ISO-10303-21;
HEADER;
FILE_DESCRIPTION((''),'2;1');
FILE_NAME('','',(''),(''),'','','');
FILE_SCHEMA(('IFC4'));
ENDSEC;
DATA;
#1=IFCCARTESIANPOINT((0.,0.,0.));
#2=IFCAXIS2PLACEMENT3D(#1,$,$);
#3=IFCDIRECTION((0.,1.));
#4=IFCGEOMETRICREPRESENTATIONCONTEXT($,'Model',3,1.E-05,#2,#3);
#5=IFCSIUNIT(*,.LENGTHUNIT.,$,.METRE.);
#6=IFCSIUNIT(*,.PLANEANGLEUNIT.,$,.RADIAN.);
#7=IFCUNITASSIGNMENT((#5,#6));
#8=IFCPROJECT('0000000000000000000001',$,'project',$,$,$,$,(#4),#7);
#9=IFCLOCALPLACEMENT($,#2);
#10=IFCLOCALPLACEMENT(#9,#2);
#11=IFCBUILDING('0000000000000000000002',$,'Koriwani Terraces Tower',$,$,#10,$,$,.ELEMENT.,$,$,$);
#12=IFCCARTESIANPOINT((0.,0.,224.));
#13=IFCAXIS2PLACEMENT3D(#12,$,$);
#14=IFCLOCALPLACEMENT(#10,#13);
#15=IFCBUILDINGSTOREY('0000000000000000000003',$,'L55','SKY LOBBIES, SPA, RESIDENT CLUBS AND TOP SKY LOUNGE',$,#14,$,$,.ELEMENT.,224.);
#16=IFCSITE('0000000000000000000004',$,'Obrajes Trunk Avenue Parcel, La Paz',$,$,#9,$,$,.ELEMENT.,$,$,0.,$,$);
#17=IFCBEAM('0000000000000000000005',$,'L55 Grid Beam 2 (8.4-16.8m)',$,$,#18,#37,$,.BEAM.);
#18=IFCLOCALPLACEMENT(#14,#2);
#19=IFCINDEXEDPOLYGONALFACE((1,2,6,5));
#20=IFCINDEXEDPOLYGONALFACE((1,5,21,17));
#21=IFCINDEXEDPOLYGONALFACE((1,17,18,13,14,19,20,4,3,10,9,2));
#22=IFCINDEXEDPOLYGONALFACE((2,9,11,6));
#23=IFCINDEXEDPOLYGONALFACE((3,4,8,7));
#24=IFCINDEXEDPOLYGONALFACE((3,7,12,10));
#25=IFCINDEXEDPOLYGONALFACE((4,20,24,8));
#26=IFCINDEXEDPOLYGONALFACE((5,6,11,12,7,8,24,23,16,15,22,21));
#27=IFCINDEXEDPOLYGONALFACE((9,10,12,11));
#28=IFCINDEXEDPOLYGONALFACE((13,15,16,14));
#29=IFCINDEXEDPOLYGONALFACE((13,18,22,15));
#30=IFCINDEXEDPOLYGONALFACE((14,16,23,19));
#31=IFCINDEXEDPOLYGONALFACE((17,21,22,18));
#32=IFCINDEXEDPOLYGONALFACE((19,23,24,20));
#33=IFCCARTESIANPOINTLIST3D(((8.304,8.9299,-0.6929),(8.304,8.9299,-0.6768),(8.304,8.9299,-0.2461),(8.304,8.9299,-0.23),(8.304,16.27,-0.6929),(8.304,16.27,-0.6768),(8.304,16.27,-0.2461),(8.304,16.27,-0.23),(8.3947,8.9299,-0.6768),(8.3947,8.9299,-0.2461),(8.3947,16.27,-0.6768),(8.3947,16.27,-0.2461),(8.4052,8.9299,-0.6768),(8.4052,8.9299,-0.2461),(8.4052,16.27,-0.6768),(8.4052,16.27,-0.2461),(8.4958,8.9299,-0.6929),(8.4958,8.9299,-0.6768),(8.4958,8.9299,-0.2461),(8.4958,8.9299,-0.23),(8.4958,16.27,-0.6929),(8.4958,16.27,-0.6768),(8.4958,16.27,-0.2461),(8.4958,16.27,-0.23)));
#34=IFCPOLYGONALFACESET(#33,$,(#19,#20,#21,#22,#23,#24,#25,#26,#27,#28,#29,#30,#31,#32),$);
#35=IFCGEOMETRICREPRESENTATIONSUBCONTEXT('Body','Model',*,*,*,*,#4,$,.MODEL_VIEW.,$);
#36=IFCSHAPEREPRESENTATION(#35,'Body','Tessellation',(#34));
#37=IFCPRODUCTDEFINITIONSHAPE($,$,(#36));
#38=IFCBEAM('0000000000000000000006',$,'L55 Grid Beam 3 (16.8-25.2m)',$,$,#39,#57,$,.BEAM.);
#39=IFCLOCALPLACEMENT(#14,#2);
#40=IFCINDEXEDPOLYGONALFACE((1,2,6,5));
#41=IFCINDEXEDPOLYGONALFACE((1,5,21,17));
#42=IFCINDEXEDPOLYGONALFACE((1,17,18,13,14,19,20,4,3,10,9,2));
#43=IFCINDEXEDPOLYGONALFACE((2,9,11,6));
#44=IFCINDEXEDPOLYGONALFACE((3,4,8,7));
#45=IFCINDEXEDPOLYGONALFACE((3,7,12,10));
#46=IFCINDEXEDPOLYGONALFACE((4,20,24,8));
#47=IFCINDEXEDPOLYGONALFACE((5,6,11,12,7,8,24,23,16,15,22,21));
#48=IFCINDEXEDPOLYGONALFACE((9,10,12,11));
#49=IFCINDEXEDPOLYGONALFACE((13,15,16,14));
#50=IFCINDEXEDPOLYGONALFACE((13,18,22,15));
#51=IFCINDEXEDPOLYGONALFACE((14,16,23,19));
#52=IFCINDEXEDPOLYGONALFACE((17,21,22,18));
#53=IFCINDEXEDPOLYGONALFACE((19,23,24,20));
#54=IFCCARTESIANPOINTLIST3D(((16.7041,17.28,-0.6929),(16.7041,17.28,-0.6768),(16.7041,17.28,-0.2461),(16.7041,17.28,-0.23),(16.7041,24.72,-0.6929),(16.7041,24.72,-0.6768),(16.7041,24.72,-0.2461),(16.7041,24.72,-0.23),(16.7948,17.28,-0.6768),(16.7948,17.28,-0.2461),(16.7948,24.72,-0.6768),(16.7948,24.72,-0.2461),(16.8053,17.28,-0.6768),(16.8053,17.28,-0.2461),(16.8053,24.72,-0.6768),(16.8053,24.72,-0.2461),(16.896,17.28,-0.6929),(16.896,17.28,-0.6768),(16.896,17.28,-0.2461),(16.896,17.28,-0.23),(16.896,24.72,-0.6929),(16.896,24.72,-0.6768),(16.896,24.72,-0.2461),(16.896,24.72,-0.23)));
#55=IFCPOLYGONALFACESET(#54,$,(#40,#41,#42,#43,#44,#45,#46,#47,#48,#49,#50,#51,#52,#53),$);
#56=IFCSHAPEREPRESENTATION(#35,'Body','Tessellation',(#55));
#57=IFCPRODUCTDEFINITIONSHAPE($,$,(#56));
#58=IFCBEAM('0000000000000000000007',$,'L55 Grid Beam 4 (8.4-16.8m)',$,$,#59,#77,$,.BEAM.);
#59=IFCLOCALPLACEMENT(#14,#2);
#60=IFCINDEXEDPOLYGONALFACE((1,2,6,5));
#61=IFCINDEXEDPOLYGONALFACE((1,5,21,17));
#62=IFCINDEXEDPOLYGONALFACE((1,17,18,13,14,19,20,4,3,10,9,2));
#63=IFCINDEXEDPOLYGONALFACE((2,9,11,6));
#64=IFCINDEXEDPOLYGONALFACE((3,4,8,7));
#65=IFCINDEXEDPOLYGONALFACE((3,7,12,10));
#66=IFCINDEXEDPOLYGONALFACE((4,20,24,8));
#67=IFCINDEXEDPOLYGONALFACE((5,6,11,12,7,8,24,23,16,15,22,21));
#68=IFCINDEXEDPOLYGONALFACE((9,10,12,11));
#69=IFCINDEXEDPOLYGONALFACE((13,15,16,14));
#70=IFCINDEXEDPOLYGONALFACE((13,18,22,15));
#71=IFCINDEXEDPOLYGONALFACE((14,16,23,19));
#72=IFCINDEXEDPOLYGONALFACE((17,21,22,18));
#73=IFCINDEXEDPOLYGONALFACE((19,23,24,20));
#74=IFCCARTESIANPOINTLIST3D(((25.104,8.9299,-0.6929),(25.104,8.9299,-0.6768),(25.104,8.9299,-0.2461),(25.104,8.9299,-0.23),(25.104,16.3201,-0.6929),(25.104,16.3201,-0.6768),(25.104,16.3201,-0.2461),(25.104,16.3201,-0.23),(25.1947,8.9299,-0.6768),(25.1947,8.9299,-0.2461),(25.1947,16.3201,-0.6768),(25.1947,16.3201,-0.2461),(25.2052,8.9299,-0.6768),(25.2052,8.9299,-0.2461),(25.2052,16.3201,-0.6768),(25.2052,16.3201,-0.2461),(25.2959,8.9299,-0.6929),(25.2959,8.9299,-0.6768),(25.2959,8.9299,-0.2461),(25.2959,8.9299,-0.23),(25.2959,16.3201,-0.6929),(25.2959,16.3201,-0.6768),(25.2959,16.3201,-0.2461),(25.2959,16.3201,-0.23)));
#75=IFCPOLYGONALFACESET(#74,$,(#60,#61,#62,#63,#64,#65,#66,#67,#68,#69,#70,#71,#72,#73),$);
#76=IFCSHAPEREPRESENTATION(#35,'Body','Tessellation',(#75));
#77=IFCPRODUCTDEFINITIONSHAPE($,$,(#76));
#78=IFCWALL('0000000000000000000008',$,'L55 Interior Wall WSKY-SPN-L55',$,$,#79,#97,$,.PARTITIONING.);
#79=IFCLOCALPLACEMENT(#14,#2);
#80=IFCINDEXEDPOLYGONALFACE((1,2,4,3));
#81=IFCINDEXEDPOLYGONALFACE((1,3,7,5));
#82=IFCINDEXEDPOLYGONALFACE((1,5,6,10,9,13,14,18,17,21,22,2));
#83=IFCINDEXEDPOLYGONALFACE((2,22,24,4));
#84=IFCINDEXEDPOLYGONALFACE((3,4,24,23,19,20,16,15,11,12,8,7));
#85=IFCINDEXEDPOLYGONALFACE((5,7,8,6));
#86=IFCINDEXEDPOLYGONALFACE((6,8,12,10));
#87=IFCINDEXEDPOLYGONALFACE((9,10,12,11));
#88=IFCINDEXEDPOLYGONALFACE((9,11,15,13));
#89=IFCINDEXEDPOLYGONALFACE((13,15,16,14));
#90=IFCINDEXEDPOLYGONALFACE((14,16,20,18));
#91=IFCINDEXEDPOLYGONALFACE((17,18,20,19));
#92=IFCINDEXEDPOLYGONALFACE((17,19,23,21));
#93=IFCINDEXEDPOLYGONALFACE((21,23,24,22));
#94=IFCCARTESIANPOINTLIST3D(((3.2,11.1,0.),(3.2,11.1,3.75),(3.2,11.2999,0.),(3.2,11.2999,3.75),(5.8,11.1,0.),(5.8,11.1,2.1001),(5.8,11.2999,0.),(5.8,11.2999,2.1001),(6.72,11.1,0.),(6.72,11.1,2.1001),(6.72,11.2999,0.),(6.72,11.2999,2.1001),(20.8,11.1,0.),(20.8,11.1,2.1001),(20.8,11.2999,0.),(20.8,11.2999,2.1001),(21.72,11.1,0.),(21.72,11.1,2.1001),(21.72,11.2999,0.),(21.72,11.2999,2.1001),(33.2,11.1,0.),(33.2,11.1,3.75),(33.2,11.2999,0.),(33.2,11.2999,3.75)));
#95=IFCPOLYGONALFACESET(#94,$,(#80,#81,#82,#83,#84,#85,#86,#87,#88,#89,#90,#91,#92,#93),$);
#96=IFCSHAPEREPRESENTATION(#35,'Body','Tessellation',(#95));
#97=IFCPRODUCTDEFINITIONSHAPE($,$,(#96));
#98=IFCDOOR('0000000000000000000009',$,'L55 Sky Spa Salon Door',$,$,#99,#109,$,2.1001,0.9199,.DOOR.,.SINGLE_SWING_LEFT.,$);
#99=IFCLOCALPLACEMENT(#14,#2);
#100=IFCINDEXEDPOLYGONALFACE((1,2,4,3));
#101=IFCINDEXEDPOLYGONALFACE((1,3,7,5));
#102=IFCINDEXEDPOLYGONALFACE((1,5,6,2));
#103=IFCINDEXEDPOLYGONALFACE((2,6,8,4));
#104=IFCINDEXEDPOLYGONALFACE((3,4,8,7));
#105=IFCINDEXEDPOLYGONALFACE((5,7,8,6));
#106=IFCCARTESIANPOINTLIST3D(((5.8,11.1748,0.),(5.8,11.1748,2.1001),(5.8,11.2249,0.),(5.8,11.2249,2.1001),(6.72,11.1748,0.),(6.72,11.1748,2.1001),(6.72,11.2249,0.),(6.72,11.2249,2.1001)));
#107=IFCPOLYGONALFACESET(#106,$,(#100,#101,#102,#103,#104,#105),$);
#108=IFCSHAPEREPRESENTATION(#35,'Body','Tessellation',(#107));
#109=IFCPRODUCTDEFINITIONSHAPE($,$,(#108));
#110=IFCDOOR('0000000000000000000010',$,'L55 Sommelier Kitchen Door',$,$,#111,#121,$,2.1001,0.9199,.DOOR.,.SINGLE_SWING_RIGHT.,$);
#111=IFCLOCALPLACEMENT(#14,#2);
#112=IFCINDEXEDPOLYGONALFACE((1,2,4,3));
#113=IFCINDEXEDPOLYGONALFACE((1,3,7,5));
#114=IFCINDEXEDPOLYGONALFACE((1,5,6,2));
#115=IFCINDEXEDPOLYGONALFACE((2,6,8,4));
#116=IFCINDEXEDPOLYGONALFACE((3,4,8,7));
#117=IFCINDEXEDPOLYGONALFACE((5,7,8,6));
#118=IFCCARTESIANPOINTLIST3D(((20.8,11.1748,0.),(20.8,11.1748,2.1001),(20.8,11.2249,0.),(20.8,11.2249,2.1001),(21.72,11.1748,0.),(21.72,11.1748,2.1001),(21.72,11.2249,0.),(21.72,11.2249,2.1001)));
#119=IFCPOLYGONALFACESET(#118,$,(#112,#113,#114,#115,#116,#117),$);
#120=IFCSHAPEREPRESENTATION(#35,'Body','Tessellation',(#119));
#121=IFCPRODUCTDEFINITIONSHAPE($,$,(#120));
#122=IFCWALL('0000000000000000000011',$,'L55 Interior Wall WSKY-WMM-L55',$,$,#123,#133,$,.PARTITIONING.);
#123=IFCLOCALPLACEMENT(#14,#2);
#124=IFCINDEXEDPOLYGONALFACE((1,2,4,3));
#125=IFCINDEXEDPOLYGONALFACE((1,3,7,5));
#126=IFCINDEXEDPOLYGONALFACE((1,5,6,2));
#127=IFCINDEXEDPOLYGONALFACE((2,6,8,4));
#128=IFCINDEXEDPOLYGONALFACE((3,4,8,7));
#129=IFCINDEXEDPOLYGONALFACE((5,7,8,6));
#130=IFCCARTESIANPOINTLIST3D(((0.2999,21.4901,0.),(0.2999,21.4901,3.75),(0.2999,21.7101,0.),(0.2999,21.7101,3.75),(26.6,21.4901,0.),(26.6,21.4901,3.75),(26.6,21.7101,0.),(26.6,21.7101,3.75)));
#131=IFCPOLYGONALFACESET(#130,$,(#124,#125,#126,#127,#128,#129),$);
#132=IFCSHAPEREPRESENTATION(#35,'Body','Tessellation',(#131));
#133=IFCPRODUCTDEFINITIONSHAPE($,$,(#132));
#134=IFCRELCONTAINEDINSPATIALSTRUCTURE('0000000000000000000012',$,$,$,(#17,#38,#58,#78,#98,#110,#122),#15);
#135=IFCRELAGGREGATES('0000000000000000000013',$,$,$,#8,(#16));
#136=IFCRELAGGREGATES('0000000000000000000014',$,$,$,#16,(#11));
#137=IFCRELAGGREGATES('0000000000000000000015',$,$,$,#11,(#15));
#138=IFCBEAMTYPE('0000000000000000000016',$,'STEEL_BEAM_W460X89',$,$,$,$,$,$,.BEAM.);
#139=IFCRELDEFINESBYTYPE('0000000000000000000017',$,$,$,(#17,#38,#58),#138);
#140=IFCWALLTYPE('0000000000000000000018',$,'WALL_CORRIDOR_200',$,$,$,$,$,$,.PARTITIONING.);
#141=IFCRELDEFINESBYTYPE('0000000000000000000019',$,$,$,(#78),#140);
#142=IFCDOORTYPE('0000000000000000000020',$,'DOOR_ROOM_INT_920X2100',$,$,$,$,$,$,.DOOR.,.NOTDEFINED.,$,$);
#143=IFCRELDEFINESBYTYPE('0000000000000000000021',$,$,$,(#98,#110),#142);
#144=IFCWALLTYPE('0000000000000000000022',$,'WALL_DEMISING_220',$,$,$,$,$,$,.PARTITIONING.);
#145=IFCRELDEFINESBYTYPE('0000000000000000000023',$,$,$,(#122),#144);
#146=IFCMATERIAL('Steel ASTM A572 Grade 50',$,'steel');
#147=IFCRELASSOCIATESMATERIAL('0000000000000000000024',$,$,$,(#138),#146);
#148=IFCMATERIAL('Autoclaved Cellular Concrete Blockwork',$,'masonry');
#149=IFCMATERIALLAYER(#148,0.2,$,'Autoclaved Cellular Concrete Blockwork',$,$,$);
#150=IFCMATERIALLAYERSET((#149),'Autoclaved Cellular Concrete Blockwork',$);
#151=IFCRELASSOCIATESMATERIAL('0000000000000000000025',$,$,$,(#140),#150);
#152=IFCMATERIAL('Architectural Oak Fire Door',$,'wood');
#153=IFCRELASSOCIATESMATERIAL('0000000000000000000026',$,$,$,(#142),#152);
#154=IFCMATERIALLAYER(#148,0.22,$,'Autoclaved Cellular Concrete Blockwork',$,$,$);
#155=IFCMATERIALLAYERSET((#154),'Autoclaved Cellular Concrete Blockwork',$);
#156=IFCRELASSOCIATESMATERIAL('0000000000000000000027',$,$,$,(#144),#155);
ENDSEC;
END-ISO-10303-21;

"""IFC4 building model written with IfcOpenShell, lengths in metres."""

from ifc_helpers import new_model, si_unit, direction, frame, frame_2d, origin, origin_2d, place, context, subcontext, project, spatial, rectangle, i_section, extrude, material, layer, layer_set, material_profile, profile_set, type_object, element, fill, save


model = new_model("IFC4")

# Units and contexts
model_context = context("Model", 3, precision=1e-05, world=origin(), true_north=direction((0.0, 1.0)))
body_context = subcontext(model_context, "Body", "Model", "MODEL_VIEW")
ifc_project = project(units=[si_unit("LENGTHUNIT", "METRE"), si_unit("PLANEANGLEUNIT", "RADIAN")], contexts=[model_context])

# Site, building, storey
site_placement = place(None, origin())
site = spatial("IfcSite", under=ifc_project, at=site_placement, Name="Obrajes Trunk Avenue Parcel, La Paz", CompositionType="ELEMENT", RefElevation=0.0)
building_placement = place(site_placement, origin())
building = spatial("IfcBuilding", under=site, at=building_placement, Name="Koriwani Terraces Tower", CompositionType="ELEMENT")
storey_placement = place(building_placement, frame((0.0, 0.0, 224.0)))
storey = spatial("IfcBuildingStorey", under=building, at=storey_placement, Name="L55", Description="SKY LOBBIES, SPA, RESIDENT CLUBS AND TOP SKY LOUNGE", CompositionType="ELEMENT", Elevation=224.0)

# Beams
ifc_material_1 = material(Name="Steel ASTM A572 Grade 50", Category="steel")
ifc_material_profile_1 = material_profile(ifc_material_1, i_section(OverallWidth=0.1919, OverallDepth=0.4629, WebThickness=0.0105, FlangeThickness=0.0161, at=origin_2d()), Name="Steel ASTM A572 Grade 50", Category="LoadBearing")
ifc_profile_set_1 = profile_set([ifc_material_profile_1], Name="Steel ASTM A572 Grade 50")
beam_type_1 = type_object("IfcBeamType", Name="STEEL_BEAM_W460X89", PredefinedType="BEAM", material=ifc_profile_set_1)
beam_1_placement = place(storey_placement, frame((8.3999, 8.9299, -0.4614), z_axis=(0.0, 1.0, 0.0), x_axis=(-1.0, 0.0, 0.0)))
element("IfcBeam", 1, at=beam_1_placement, inside=storey, type_object=beam_type_1, Name="L55 Grid Beam 2 (8.4-16.8m)", PredefinedType="BEAM", context=body_context, shape_type="SweptSolid", body=[
    extrude(i_section(OverallWidth=0.1919, OverallDepth=0.4629, WebThickness=0.0105, FlangeThickness=0.0161, at=origin_2d()), origin(), (0.0, 0.0, 1.0), 7.3401),
])
beam_2_placement = place(storey_placement, frame((16.8, 17.28, -0.4614), z_axis=(0.0, 1.0, 0.0), x_axis=(-1.0, 0.0, 0.0)))
element("IfcBeam", 2, at=beam_2_placement, inside=storey, type_object=beam_type_1, Name="L55 Grid Beam 3 (16.8-25.2m)", PredefinedType="BEAM", context=body_context, shape_type="SweptSolid", body=[
    extrude(i_section(OverallWidth=0.1919, OverallDepth=0.4629, WebThickness=0.0105, FlangeThickness=0.0161, at=origin_2d()), origin(), (0.0, 0.0, 1.0), 7.4399),
])
beam_3_placement = place(storey_placement, frame((25.2, 8.9299, -0.4614), z_axis=(0.0, 1.0, 0.0), x_axis=(-1.0, 0.0, 0.0)))
element("IfcBeam", 3, at=beam_3_placement, inside=storey, type_object=beam_type_1, Name="L55 Grid Beam 4 (8.4-16.8m)", PredefinedType="BEAM", context=body_context, shape_type="SweptSolid", body=[
    extrude(i_section(OverallWidth=0.1919, OverallDepth=0.4629, WebThickness=0.0105, FlangeThickness=0.0161, at=origin_2d()), origin(), (0.0, 0.0, 1.0), 7.3901),
])

# Wall, openings, doors
ifc_material_2 = material(Name="Autoclaved Cellular Concrete Blockwork", Category="masonry")
ifc_layer_1 = layer(ifc_material_2, 0.2, Name="Autoclaved Cellular Concrete Blockwork")
ifc_layer_set_1 = layer_set([ifc_layer_1], Name="Autoclaved Cellular Concrete Blockwork")
wall_type_1 = type_object("IfcWallType", Name="WALL_CORRIDOR_200", PredefinedType="PARTITIONING", material=ifc_layer_set_1)
wall_1_placement = place(storey_placement, frame((3.2, 11.2, 0.0), z_axis=(0.0, 0.0, 1.0), x_axis=(1.0, 0.0, 0.0)))
wall_1 = element("IfcWall", 4, at=wall_1_placement, inside=storey, type_object=wall_type_1, Name="L55 Interior Wall WSKY-SPN-L55", PredefinedType="PARTITIONING", context=body_context, shape_type="SweptSolid", body=[
    extrude(rectangle(XDim=30.0, YDim=0.2, at=frame_2d((15.0, 0.0))), origin(), (0.0, 0.0, 1.0), 3.75),
])
opening_1_placement = place(wall_1_placement, frame((2.6001, 0.0, 0.0)))
opening_1 = element("IfcOpeningElement", 5, at=opening_1_placement, cuts=wall_1, PredefinedType="OPENING", context=body_context, shape_type="SweptSolid", body=[
    extrude(rectangle(XDim=0.9199, YDim=2.1001, at=frame_2d((0.46, 1.05))), frame((0.0, 0.1099, 0.0), z_axis=(0.0, -1.0, 0.0), x_axis=(1.0, 0.0, 0.0)), (0.0, 0.0, 1.0), 0.22),
])
opening_2_placement = place(wall_1_placement, frame((17.6001, 0.0, 0.0)))
opening_2 = element("IfcOpeningElement", 6, at=opening_2_placement, cuts=wall_1, PredefinedType="OPENING", context=body_context, shape_type="SweptSolid", body=[
    extrude(rectangle(XDim=0.9199, YDim=2.1001, at=frame_2d((0.46, 1.05))), frame((0.0, 0.1099, 0.0), z_axis=(0.0, -1.0, 0.0), x_axis=(1.0, 0.0, 0.0)), (0.0, 0.0, 1.0), 0.22),
])
ifc_material_3 = material(Name="Architectural Oak Fire Door", Category="wood")
door_type = type_object("IfcDoorType", Name="DOOR_ROOM_INT_920X2100", OperationType="NOTDEFINED", PredefinedType="DOOR", material=ifc_material_3)
door_1_placement = place(opening_1_placement, origin())
door_1 = element("IfcDoor", 7, at=door_1_placement, inside=storey, type_object=door_type, Name="L55 Sky Spa Salon Door", OperationType="SINGLE_SWING_LEFT", OverallHeight=2.1001, OverallWidth=0.9199, PredefinedType="DOOR", context=body_context, shape_type="SweptSolid", body=[
    extrude(rectangle(XDim=0.9199, YDim=2.1001, at=frame_2d((0.46, 1.05))), frame((0.0, 0.0249, 0.0), z_axis=(0.0, -1.0, 0.0), x_axis=(1.0, 0.0, 0.0)), (0.0, 0.0, 1.0), 0.05),
])
fill(opening_1, door_1)
door_2_placement = place(opening_2_placement, origin())
door_2 = element("IfcDoor", 8, at=door_2_placement, inside=storey, type_object=door_type, Name="L55 Sommelier Kitchen Door", OperationType="SINGLE_SWING_RIGHT", OverallHeight=2.1001, OverallWidth=0.9199, PredefinedType="DOOR", context=body_context, shape_type="SweptSolid", body=[
    extrude(rectangle(XDim=0.9199, YDim=2.1001, at=frame_2d((0.46, 1.05))), frame((0.0, 0.0249, 0.0), z_axis=(0.0, -1.0, 0.0), x_axis=(1.0, 0.0, 0.0)), (0.0, 0.0, 1.0), 0.05),
])
fill(opening_2, door_2)

# Wall
ifc_layer_2 = layer(ifc_material_2, 0.22, Name="Autoclaved Cellular Concrete Blockwork")
ifc_layer_set_2 = layer_set([ifc_layer_2], Name="Autoclaved Cellular Concrete Blockwork")
wall_type_2 = type_object("IfcWallType", Name="WALL_DEMISING_220", PredefinedType="PARTITIONING", material=ifc_layer_set_2)
wall_2_placement = place(storey_placement, frame((0.3, 21.6001, 0.0), z_axis=(0.0, 0.0, 1.0), x_axis=(1.0, 0.0, 0.0)))
element("IfcWall", 9, at=wall_2_placement, inside=storey, type_object=wall_type_2, Name="L55 Interior Wall WSKY-WMM-L55", PredefinedType="PARTITIONING", context=body_context, shape_type="SweptSolid", body=[
    extrude(rectangle(XDim=26.3, YDim=0.22, at=frame_2d((13.1499, 0.0))), origin(), (0.0, 0.0, 1.0), 3.75),
])

save(model, "model.ifc")
